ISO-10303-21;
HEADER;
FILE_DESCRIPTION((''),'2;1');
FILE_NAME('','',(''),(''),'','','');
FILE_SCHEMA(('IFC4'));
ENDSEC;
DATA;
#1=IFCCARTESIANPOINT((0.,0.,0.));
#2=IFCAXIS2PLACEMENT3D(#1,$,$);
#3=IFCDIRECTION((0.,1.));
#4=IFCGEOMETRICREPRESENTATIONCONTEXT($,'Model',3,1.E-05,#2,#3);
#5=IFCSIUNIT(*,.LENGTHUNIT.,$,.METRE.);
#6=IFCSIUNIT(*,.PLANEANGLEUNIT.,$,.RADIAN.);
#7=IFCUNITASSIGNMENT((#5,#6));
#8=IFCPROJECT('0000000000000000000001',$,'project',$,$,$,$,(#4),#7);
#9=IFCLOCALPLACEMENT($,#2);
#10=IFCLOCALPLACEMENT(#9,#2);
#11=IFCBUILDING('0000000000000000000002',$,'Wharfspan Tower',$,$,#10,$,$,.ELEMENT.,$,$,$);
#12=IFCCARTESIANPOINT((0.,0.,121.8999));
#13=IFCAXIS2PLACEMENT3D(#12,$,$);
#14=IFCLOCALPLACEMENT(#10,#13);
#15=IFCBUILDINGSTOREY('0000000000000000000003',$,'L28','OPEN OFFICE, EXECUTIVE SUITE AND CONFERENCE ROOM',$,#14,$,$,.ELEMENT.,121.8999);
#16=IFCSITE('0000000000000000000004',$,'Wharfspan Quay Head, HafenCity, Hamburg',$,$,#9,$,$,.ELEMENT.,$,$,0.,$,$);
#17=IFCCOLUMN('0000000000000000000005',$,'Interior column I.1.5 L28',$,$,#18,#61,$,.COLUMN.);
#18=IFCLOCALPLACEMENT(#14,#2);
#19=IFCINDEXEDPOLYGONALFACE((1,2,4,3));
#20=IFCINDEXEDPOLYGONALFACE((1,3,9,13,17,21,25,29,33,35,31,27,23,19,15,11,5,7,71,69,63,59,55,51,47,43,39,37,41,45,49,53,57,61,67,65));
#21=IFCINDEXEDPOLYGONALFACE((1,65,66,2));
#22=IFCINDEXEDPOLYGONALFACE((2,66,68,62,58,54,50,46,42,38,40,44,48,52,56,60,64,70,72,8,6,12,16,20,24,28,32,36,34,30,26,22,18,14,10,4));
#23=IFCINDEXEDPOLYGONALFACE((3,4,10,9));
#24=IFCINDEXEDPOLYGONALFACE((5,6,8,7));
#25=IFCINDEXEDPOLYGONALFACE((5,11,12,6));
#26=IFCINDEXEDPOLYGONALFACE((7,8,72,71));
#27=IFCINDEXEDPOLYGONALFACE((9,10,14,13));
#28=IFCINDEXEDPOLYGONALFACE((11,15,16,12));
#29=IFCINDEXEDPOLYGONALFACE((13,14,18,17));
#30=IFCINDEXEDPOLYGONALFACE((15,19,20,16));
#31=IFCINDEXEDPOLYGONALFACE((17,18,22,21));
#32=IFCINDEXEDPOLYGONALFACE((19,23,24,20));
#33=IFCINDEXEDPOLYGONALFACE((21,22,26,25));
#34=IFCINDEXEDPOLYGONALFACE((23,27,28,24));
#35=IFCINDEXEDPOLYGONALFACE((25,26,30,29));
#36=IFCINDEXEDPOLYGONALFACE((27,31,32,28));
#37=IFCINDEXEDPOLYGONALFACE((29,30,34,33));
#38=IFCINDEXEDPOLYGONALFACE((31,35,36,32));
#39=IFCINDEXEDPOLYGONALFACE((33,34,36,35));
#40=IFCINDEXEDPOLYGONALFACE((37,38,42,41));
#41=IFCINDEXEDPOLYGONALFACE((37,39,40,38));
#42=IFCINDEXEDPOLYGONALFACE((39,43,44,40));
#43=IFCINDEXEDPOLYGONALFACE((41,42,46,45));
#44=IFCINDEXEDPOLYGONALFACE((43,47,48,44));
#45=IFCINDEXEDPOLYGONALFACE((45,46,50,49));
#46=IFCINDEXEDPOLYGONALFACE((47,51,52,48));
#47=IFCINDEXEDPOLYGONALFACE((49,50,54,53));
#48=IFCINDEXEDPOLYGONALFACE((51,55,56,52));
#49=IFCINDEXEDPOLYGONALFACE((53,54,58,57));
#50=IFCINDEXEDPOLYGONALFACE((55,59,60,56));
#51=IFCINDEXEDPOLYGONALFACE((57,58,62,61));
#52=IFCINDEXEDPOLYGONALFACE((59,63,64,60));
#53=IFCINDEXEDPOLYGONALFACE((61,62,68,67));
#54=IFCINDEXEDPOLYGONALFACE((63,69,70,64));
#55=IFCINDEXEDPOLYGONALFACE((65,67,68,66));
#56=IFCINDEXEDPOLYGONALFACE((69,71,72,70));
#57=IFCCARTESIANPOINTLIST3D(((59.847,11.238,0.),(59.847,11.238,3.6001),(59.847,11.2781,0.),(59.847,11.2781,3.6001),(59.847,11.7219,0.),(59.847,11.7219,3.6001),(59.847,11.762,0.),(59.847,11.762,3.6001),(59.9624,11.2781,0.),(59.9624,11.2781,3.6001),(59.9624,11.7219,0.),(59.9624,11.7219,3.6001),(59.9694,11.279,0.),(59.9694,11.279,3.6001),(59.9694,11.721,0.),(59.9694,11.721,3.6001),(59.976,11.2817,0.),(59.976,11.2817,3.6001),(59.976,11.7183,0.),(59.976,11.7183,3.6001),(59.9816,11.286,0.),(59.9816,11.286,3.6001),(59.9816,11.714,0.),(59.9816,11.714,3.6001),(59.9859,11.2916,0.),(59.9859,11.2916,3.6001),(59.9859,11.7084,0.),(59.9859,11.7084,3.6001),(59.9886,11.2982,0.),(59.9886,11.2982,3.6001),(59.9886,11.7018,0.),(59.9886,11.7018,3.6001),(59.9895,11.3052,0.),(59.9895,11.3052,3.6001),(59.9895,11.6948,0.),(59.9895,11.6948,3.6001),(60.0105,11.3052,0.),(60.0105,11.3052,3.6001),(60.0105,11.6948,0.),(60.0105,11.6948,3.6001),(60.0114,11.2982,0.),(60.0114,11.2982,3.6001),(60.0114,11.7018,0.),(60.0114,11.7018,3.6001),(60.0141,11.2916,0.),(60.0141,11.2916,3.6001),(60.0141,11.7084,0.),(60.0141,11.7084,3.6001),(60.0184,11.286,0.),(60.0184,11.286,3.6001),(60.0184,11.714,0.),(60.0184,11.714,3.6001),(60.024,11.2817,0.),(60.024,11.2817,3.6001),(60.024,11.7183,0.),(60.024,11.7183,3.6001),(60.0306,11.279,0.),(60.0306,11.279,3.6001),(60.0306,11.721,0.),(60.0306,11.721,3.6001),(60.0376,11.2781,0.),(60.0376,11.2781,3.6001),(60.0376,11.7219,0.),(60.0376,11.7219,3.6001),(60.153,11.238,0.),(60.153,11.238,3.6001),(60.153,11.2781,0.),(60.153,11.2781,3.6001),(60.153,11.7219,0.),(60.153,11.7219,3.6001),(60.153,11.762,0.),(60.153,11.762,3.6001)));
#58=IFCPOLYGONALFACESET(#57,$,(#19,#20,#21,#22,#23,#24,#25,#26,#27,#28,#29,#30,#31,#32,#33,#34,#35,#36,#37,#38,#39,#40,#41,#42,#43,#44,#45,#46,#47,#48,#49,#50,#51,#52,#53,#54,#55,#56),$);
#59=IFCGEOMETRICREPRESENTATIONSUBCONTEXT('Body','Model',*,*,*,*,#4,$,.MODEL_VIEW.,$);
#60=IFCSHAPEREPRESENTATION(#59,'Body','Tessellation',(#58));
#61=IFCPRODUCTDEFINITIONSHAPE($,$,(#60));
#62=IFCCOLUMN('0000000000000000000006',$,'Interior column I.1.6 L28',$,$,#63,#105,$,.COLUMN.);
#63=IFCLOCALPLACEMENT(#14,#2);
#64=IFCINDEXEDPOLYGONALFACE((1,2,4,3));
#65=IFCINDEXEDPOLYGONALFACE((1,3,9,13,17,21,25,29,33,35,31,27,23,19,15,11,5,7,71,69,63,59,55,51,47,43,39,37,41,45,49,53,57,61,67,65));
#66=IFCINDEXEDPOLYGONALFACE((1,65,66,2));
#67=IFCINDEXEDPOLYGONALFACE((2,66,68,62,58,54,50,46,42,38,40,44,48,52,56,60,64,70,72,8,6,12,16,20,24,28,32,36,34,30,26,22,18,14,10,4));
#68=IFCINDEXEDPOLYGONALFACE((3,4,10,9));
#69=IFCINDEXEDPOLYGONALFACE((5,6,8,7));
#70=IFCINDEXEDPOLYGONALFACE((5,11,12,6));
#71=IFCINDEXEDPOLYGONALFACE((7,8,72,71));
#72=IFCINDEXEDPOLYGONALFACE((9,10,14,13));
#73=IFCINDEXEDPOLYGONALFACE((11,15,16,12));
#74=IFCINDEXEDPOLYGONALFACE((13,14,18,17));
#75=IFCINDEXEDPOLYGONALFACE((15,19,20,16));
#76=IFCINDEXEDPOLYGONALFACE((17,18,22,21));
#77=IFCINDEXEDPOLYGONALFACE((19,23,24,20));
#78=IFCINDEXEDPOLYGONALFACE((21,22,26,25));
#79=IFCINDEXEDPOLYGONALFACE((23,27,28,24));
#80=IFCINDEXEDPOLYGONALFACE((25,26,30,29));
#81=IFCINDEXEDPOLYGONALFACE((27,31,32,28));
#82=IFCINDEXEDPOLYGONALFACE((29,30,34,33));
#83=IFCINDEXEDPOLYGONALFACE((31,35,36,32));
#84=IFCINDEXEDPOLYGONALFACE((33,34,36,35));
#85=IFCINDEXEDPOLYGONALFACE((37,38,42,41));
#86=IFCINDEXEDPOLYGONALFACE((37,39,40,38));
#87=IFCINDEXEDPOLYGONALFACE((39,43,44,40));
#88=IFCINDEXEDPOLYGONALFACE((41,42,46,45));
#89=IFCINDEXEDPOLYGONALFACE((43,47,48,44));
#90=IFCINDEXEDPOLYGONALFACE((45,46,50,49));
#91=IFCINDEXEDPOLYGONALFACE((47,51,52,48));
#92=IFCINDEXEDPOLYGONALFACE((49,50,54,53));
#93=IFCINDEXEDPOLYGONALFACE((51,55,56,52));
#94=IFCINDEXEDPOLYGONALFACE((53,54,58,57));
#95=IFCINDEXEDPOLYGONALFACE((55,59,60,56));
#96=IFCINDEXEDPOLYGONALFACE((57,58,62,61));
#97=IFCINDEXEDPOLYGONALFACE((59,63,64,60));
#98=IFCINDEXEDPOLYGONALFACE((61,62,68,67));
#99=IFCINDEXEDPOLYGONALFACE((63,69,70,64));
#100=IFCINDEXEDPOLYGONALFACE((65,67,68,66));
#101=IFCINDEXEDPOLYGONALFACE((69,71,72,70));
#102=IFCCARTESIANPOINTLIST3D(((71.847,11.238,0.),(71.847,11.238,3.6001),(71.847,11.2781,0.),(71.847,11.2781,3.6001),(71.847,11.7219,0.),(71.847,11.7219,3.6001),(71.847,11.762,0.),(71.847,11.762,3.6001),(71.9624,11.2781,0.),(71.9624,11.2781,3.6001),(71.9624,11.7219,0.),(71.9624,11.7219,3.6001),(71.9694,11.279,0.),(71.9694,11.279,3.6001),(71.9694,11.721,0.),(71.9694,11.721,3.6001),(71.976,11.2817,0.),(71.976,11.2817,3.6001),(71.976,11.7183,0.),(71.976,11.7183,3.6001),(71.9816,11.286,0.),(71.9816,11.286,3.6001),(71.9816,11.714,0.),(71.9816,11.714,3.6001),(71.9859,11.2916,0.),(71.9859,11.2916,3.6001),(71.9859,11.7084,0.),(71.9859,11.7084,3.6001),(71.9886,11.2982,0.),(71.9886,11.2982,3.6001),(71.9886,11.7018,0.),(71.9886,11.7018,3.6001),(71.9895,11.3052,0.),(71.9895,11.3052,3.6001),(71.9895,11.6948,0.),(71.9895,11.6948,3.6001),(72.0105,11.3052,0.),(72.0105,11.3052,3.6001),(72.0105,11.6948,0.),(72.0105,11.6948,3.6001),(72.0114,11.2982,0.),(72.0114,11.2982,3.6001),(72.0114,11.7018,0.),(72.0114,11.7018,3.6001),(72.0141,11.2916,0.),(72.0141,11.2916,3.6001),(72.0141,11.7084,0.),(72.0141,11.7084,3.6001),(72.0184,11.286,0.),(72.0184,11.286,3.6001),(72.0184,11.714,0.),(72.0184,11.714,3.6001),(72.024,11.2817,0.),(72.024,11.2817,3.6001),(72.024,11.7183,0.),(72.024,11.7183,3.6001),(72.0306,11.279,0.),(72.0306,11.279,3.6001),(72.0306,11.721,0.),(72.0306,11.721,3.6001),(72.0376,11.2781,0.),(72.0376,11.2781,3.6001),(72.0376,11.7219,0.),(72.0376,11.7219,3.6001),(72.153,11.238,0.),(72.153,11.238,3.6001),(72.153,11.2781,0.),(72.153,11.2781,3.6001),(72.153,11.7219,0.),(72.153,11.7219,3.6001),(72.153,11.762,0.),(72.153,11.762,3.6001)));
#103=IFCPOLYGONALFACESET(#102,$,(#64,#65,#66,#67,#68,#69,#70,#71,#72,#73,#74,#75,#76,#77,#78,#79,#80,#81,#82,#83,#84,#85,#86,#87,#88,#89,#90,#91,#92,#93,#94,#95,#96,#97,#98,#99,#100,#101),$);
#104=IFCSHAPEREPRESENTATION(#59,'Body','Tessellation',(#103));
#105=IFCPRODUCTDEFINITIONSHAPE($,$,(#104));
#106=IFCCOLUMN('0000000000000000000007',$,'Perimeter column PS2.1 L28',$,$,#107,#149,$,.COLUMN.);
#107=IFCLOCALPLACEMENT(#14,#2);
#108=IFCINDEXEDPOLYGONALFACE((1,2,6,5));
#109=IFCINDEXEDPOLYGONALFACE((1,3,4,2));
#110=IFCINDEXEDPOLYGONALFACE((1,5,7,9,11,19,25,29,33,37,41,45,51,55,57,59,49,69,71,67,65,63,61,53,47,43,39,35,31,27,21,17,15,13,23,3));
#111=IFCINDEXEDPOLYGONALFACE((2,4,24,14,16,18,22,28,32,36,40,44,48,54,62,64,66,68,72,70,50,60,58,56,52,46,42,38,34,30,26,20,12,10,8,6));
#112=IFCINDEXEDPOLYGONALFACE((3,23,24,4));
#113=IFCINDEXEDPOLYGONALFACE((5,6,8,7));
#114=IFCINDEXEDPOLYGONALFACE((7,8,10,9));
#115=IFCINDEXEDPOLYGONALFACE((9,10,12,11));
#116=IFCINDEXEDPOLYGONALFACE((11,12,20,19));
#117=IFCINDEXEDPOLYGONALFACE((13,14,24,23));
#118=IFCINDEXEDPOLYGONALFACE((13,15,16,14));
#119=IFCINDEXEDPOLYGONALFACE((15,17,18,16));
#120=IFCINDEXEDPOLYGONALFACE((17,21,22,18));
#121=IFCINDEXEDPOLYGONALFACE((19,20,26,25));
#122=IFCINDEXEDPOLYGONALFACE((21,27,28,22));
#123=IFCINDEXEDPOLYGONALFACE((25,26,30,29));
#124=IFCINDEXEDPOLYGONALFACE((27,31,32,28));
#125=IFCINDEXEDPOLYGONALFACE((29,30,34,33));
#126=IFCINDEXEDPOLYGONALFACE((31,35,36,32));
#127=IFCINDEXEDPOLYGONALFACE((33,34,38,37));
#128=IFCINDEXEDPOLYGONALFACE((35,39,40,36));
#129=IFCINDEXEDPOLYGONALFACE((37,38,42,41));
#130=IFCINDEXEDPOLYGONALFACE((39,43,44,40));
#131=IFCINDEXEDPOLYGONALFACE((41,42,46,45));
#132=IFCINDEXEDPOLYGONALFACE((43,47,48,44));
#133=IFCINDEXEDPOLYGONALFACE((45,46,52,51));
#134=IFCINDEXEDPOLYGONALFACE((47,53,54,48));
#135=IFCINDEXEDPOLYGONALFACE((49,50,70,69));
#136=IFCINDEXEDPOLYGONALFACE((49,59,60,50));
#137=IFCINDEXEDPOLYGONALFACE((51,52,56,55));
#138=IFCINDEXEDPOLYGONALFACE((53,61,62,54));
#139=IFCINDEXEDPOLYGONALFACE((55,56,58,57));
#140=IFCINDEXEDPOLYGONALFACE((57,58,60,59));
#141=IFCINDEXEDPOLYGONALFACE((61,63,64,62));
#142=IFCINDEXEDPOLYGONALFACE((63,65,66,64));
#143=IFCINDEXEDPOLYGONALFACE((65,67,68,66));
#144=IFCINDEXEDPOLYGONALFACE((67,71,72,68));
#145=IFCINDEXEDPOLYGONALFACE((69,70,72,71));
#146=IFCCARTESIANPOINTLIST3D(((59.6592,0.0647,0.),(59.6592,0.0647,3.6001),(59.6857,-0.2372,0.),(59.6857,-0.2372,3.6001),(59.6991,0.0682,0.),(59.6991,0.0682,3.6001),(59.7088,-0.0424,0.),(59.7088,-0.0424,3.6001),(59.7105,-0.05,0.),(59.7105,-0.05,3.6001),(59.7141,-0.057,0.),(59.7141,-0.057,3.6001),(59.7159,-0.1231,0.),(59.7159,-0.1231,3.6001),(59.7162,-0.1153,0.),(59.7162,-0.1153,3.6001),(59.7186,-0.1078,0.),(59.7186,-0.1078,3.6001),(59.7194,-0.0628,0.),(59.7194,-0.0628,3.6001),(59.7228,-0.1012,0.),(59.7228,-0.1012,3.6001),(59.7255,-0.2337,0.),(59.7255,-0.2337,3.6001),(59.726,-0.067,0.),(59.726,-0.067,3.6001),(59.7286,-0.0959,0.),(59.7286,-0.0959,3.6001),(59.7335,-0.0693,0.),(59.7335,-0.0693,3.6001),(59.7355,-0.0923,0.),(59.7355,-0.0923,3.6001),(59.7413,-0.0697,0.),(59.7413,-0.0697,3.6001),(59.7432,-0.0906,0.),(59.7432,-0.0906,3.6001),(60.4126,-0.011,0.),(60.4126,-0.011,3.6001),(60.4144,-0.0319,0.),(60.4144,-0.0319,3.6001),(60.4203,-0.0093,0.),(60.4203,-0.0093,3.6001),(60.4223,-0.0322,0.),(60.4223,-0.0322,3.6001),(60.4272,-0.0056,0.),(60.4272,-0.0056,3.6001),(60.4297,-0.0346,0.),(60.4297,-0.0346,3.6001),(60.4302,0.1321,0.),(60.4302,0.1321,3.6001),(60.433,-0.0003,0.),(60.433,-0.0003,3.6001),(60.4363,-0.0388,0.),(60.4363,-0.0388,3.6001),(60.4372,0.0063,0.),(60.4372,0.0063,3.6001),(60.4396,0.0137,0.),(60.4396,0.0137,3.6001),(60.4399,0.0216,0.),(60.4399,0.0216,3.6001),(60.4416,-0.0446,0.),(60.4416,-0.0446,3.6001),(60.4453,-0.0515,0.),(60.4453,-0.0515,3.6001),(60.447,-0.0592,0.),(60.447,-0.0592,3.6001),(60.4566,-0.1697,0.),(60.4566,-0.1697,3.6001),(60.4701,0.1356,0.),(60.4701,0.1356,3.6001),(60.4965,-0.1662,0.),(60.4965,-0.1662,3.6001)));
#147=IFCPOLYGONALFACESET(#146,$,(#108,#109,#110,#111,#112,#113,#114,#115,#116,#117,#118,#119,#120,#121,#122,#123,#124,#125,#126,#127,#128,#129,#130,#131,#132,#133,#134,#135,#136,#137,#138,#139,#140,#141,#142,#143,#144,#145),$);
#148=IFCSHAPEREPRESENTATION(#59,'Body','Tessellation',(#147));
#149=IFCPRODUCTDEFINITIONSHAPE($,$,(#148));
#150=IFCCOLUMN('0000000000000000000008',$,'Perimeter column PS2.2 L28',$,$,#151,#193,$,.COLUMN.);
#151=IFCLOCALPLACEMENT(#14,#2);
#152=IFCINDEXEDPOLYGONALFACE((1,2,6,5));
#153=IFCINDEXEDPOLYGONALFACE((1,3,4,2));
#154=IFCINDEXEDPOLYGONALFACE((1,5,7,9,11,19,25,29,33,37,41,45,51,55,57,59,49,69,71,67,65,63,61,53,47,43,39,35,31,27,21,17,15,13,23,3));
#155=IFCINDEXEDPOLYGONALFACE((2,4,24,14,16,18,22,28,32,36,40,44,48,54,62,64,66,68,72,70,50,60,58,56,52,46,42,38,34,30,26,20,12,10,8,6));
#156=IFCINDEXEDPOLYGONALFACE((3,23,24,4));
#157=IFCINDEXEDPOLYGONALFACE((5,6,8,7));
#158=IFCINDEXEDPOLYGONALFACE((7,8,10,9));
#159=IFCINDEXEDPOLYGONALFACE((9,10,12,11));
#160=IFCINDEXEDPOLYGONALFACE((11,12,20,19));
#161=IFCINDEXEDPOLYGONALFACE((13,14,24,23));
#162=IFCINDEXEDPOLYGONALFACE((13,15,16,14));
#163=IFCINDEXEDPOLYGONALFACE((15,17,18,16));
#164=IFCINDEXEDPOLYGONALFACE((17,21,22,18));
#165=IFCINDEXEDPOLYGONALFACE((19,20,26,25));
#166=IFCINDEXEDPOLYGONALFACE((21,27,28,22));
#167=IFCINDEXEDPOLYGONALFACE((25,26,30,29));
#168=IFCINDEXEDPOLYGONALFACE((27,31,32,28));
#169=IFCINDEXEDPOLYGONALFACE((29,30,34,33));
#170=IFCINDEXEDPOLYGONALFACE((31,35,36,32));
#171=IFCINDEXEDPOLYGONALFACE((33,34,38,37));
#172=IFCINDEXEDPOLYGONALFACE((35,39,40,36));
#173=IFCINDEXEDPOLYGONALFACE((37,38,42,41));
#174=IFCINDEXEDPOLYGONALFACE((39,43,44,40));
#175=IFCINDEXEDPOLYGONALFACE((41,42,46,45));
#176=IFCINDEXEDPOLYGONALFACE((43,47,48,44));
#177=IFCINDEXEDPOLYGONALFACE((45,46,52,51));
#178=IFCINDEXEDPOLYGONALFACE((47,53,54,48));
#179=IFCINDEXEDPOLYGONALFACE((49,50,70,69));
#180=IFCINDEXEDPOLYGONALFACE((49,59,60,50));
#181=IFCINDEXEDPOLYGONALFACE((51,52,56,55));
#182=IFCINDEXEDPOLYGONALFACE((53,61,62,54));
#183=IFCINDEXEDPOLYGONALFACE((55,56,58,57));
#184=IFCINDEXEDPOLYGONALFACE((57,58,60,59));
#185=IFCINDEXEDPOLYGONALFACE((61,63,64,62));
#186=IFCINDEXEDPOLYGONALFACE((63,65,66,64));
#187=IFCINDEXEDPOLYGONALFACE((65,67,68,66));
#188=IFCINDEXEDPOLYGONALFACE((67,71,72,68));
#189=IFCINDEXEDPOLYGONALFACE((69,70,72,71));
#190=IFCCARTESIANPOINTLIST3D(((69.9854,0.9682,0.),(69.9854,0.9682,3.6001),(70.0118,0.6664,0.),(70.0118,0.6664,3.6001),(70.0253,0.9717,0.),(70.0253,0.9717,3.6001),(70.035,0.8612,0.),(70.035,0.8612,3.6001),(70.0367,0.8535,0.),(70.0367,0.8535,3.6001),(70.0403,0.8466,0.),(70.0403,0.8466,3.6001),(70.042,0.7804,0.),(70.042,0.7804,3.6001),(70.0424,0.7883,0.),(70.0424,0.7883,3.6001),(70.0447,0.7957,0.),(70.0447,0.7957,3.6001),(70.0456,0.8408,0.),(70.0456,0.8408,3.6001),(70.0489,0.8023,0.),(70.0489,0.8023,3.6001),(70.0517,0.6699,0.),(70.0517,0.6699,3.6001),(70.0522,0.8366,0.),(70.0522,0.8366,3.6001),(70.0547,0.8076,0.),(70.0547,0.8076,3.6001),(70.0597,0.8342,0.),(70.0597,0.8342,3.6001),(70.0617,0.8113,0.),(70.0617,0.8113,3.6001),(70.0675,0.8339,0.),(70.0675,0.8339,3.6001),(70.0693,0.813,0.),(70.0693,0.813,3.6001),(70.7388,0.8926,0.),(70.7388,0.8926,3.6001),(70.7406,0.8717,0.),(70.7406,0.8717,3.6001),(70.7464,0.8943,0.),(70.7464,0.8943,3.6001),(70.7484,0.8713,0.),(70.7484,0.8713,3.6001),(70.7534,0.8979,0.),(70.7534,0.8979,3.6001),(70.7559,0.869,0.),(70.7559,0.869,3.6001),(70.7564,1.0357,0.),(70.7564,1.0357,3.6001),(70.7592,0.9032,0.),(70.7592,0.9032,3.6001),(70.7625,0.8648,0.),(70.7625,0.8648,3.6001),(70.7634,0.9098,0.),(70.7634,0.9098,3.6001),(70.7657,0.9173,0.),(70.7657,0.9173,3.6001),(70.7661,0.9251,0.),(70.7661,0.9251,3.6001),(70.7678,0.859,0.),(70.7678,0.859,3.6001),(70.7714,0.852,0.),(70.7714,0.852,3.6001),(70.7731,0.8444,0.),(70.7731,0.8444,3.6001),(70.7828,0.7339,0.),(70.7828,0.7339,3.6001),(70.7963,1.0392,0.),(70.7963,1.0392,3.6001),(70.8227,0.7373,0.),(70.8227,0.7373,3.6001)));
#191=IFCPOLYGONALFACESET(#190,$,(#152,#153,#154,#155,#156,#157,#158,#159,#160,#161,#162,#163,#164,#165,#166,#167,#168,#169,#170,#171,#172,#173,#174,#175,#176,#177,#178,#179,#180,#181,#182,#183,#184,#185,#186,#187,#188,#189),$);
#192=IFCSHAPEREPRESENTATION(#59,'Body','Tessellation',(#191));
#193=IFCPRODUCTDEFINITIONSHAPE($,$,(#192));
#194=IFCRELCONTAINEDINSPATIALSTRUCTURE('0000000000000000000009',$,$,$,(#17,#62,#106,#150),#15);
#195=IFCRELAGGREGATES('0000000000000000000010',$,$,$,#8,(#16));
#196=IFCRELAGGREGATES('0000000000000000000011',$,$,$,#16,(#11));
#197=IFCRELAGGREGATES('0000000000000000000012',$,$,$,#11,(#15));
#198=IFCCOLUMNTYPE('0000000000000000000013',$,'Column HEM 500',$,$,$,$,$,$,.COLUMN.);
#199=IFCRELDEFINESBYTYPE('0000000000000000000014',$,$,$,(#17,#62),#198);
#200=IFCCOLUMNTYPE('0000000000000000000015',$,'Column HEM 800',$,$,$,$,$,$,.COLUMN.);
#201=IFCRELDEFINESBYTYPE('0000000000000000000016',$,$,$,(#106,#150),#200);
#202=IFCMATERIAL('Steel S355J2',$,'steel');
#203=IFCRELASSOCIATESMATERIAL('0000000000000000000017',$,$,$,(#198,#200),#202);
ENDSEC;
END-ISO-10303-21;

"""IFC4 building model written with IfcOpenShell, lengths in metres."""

from ifc_helpers import new_model, si_unit, direction, frame, origin, origin_2d, place, context, subcontext, project, spatial, i_section, extrude, material, material_profile, profile_set, type_object, element, save


model = new_model("IFC4")

# Units and contexts
model_context = context("Model", 3, precision=1e-05, world=origin(), true_north=direction((0.0, 1.0)))
body_context = subcontext(model_context, "Body", "Model", "MODEL_VIEW")
ifc_project = project(units=[si_unit("LENGTHUNIT", "METRE"), si_unit("PLANEANGLEUNIT", "RADIAN")], contexts=[model_context])

# Site, building, storey
site_placement = place(None, origin())
site = spatial("IfcSite", under=ifc_project, at=site_placement, Name="Wharfspan Quay Head, HafenCity, Hamburg", CompositionType="ELEMENT", RefElevation=0.0)
building_placement = place(site_placement, origin())
building = spatial("IfcBuilding", under=site, at=building_placement, Name="Wharfspan Tower", CompositionType="ELEMENT")
storey_placement = place(building_placement, frame((0.0, 0.0, 121.8999)))
storey = spatial("IfcBuildingStorey", under=building, at=storey_placement, Name="L28", Description="OPEN OFFICE, EXECUTIVE SUITE AND CONFERENCE ROOM", CompositionType="ELEMENT", Elevation=121.8999)

# Columns
ifc_material_1 = material(Name="Steel S355J2", Category="steel")
ifc_material_profile_1 = material_profile(ifc_material_1, i_section(OverallWidth=0.3059, OverallDepth=0.5239, WebThickness=0.021, FlangeThickness=0.04, FilletRadius=0.0271, at=origin_2d()))
ifc_profile_set_1 = profile_set([ifc_material_profile_1], Name="Steel S355J2")
column_type_1 = type_object("IfcColumnType", Name="Column HEM 500", PredefinedType="COLUMN", material=ifc_profile_set_1)
for number, where, z_axis, x_axis, name in (
    (1, (60.0, 11.5, 0.0), (0.0, 0.0, 1.0), (1.0, 0.0, 0.0), "Interior column I.1.5 L28"),
    (2, (72.0, 11.5, 0.0), (0.0, 0.0, 1.0), (1.0, 0.0, 0.0), "Interior column I.1.6 L28"),
):
    element("IfcColumn", number, at=place(storey_placement, frame(where, z_axis=z_axis, x_axis=x_axis)), inside=storey, type_object=column_type_1, Name=name, PredefinedType="COLUMN", context=body_context, shape_type="SweptSolid", body=[
        extrude(i_section(OverallWidth=0.3059, OverallDepth=0.5239, WebThickness=0.021, FlangeThickness=0.04, FilletRadius=0.0271, at=origin_2d()), origin(), (0.0, 0.0, 1.0), 3.6001),
    ])
ifc_material_profile_2 = material_profile(ifc_material_1, i_section(OverallWidth=0.303, OverallDepth=0.814, WebThickness=0.021, FlangeThickness=0.04, FilletRadius=0.03, at=origin_2d()))
ifc_profile_set_2 = profile_set([ifc_material_profile_2], Name="Steel S355J2")
column_type_2 = type_object("IfcColumnType", Name="Column HEM 800", PredefinedType="COLUMN", material=ifc_profile_set_2)
for number, where, z_axis, x_axis, name in (
    (3, (60.0779, -0.0508, 0.0), (0.0, 0.0, 1.0), (0.087156, -0.996198, 0.0), "Perimeter column PS2.1 L28"),
    (4, (70.4041, 0.8528, 0.0), (0.0, 0.0, 1.0), (0.087156, -0.996198, 0.0), "Perimeter column PS2.2 L28"),
):
    element("IfcColumn", number, at=place(storey_placement, frame(where, z_axis=z_axis, x_axis=x_axis)), inside=storey, type_object=column_type_2, Name=name, PredefinedType="COLUMN", context=body_context, shape_type="SweptSolid", body=[
        extrude(i_section(OverallWidth=0.303, OverallDepth=0.814, WebThickness=0.021, FlangeThickness=0.04, FilletRadius=0.03, at=origin_2d()), origin(), (0.0, 0.0, 1.0), 3.6001),
    ])

save(model, "model.ifc")
